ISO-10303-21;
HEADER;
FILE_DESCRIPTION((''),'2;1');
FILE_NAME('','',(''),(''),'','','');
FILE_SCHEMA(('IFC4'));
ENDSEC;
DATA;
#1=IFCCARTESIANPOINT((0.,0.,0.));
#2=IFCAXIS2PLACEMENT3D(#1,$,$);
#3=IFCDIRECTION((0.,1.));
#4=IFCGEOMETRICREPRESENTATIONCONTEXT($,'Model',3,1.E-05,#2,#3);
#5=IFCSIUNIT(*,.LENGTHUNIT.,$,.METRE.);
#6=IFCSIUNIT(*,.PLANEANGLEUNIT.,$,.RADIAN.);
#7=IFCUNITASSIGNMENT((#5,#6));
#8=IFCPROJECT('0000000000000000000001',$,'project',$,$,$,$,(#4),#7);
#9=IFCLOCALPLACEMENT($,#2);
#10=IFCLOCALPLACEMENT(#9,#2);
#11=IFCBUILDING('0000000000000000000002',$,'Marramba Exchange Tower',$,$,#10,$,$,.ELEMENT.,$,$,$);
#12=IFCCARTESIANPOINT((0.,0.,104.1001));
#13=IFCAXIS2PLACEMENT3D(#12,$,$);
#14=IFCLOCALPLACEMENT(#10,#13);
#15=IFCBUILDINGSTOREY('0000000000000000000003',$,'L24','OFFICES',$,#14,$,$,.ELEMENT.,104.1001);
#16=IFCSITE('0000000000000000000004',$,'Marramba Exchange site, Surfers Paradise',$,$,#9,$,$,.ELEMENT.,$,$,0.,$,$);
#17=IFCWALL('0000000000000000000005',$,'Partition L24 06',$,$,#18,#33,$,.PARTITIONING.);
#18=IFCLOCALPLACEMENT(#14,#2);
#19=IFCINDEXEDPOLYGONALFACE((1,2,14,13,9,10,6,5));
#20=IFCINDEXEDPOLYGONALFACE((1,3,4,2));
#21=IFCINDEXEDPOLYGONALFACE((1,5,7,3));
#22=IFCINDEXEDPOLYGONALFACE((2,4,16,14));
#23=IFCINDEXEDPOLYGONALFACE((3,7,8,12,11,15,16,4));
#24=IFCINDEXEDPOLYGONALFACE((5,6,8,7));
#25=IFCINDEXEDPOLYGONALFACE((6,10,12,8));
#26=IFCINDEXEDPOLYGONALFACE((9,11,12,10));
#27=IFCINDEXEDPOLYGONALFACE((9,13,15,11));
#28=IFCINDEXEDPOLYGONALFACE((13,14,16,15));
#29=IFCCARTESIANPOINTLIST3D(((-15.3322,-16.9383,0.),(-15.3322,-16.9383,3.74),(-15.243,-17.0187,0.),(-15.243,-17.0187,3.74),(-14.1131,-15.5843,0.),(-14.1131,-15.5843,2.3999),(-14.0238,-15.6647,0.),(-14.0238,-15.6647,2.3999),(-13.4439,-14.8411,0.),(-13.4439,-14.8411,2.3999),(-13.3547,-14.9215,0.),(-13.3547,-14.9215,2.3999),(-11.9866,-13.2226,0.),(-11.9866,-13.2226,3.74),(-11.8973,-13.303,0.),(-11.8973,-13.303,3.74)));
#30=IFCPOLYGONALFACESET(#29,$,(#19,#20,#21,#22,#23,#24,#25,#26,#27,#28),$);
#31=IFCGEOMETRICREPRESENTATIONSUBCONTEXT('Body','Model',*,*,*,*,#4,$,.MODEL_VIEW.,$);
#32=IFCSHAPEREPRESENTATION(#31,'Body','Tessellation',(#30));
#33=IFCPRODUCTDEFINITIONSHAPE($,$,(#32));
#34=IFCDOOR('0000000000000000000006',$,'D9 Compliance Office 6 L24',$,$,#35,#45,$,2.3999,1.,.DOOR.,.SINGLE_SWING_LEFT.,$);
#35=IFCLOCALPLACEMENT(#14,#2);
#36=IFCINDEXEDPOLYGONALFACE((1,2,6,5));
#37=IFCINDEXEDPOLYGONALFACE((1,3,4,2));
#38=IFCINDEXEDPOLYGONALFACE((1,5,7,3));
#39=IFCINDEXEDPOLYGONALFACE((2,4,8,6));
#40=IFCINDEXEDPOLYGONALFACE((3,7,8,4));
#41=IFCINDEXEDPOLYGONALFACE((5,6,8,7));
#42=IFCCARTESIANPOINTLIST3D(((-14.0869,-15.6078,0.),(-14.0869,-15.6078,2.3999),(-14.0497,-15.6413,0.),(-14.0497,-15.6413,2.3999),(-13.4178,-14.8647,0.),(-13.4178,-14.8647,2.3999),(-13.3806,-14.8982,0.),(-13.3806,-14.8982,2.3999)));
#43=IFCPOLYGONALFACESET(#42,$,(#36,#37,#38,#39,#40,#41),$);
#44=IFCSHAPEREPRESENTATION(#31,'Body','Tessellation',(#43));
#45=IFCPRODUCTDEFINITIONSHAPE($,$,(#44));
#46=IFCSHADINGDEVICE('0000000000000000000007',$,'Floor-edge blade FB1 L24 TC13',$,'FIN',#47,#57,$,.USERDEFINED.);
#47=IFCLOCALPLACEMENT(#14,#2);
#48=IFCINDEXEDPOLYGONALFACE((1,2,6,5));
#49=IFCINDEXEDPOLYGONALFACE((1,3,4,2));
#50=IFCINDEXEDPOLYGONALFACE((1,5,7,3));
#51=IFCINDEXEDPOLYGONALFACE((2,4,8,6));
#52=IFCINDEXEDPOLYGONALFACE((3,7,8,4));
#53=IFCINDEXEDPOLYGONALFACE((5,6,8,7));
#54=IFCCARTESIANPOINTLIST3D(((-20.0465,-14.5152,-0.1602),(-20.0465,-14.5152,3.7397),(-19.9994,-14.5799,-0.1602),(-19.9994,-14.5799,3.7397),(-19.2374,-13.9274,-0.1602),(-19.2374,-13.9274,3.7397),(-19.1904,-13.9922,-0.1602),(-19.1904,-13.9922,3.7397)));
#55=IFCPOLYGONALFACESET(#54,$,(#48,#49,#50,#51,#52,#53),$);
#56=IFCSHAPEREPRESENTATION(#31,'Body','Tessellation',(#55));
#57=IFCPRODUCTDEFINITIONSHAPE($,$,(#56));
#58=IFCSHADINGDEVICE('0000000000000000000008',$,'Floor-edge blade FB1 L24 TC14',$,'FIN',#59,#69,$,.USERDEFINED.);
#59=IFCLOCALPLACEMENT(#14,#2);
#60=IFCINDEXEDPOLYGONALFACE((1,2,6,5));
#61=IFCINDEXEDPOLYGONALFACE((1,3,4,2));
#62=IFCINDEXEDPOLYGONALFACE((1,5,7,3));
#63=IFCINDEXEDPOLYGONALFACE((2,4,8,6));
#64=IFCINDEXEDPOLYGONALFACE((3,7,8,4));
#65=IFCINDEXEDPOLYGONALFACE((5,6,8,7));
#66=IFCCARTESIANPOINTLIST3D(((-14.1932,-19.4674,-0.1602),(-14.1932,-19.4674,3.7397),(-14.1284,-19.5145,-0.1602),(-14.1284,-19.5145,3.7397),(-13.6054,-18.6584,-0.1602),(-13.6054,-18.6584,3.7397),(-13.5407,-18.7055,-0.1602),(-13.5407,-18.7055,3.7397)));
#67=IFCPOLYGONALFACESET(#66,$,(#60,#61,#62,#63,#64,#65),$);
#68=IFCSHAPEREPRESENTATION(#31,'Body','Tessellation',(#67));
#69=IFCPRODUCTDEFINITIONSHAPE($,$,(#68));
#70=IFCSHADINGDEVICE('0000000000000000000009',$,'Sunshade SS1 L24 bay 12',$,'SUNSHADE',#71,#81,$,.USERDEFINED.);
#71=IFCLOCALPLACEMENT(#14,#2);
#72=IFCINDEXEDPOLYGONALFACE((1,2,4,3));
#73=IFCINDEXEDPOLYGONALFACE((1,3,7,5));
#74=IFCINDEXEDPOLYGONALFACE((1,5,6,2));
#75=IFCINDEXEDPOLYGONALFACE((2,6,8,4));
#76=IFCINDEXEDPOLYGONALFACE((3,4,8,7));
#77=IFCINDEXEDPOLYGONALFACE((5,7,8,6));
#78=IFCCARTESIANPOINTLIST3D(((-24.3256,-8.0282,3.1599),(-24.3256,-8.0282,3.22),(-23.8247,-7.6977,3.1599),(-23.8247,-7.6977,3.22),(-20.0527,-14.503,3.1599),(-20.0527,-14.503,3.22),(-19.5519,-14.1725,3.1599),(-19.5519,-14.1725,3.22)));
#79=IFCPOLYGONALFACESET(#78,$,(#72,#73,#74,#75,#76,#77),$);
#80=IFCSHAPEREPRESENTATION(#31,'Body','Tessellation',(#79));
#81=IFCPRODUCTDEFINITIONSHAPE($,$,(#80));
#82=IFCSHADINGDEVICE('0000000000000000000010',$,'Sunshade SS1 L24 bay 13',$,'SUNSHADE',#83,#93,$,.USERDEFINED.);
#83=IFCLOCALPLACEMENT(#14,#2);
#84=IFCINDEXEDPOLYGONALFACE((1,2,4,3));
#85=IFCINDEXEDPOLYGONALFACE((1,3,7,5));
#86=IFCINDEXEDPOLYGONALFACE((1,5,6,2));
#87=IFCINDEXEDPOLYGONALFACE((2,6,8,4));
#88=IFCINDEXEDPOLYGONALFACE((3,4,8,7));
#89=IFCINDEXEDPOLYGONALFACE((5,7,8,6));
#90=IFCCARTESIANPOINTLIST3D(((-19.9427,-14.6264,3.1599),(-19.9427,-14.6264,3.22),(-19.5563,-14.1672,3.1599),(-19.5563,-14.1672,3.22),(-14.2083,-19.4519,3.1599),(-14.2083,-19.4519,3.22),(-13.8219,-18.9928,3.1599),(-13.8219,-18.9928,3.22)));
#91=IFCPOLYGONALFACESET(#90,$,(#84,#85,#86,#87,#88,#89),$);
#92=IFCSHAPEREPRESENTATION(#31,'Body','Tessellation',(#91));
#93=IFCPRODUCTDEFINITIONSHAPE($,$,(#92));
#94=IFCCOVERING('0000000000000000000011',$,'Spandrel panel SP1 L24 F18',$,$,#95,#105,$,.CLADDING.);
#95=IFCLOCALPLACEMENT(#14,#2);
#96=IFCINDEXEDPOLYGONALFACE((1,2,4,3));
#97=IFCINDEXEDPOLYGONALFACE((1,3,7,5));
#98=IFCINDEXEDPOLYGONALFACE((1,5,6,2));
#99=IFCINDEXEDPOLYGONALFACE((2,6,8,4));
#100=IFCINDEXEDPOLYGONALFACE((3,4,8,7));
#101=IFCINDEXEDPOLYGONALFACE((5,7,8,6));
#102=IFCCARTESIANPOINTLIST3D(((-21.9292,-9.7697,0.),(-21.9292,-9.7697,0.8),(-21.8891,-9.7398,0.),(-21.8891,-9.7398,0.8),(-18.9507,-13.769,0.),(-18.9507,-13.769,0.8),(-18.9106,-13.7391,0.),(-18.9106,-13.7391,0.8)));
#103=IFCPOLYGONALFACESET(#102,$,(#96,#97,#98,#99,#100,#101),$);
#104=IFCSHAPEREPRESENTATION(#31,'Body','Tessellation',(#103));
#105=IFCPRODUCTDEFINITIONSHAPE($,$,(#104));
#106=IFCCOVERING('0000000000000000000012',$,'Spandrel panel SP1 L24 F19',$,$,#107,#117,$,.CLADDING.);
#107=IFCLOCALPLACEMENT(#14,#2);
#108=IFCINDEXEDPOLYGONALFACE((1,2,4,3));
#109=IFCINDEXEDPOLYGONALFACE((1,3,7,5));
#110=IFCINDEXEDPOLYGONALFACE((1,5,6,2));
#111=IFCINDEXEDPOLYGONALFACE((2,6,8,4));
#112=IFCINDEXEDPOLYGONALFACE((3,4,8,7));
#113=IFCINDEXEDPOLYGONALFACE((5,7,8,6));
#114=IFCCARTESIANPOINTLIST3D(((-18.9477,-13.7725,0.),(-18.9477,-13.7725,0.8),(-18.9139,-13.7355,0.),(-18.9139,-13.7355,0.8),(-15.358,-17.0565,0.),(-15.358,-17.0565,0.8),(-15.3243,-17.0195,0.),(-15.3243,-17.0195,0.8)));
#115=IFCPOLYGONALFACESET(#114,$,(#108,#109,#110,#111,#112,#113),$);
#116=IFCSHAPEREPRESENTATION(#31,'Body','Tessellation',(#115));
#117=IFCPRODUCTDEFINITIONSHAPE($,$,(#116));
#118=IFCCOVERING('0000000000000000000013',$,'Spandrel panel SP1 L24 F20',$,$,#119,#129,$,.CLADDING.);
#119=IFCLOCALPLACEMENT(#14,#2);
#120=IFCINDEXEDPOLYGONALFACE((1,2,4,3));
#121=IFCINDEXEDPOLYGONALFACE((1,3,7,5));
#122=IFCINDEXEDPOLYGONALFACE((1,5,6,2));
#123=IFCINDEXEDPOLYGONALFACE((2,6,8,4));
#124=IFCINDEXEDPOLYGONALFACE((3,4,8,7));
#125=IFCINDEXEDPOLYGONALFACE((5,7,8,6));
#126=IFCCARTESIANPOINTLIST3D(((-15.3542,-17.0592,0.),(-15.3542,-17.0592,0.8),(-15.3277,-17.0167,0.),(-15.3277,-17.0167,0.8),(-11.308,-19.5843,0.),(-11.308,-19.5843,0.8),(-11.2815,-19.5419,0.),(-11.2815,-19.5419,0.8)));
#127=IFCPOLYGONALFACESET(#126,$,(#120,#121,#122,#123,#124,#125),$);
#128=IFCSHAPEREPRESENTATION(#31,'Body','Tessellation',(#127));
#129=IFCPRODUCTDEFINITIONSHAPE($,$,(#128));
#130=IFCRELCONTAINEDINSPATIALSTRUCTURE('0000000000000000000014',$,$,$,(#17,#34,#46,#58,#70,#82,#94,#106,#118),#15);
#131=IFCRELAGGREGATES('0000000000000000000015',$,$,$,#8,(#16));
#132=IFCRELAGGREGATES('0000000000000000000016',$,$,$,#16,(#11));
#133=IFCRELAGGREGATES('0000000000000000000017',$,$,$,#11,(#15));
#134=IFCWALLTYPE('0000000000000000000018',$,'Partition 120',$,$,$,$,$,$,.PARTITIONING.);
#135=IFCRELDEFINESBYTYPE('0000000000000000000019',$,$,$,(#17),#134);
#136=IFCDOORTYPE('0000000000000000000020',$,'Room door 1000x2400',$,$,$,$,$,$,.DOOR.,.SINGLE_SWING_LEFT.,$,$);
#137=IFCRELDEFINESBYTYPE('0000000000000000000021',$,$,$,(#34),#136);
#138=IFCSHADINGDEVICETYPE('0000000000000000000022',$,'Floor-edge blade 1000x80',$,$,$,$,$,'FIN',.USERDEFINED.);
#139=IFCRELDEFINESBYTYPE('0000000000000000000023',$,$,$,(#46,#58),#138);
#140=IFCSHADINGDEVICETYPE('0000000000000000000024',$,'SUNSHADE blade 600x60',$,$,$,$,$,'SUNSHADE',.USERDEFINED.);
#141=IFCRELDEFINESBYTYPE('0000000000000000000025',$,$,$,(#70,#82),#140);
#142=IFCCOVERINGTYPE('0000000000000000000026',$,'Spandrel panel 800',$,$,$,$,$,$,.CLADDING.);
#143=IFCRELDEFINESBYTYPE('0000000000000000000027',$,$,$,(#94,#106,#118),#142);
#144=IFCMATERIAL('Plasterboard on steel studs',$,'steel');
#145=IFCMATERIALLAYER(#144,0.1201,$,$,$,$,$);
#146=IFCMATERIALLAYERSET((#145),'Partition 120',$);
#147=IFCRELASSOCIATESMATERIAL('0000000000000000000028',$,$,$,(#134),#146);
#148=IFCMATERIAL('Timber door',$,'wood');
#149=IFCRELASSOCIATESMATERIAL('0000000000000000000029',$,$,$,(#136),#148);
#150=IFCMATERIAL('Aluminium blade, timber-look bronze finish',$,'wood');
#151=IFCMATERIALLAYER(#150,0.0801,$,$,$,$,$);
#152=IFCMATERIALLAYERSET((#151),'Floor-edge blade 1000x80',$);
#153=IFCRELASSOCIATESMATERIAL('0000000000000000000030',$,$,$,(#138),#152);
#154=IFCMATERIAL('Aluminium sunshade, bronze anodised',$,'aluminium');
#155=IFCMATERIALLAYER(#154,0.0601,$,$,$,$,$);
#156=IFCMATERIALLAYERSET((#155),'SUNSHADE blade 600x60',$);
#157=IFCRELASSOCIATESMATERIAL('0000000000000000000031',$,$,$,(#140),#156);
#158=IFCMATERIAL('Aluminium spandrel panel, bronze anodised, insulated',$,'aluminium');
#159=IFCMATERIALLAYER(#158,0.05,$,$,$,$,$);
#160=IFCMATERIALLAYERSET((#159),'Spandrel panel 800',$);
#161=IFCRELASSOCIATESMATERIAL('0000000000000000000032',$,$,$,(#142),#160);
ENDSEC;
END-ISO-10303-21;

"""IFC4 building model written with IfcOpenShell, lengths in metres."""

from ifc_helpers import new_model, si_unit, direction, frame, frame_2d, origin, origin_2d, place, context, subcontext, project, spatial, rectangle, extrude, material, layer, layer_set, type_object, element, fill, save


model = new_model("IFC4")

# Units and contexts
model_context = context("Model", 3, precision=1e-05, world=origin(), true_north=direction((0.0, 1.0)))
body_context = subcontext(model_context, "Body", "Model", "MODEL_VIEW")
ifc_project = project(units=[si_unit("LENGTHUNIT", "METRE"), si_unit("PLANEANGLEUNIT", "RADIAN")], contexts=[model_context])

# Site, building, storey
site_placement = place(None, origin())
site = spatial("IfcSite", under=ifc_project, at=site_placement, Name="Marramba Exchange site, Surfers Paradise", CompositionType="ELEMENT", RefElevation=0.0)
building_placement = place(site_placement, origin())
building = spatial("IfcBuilding", under=site, at=building_placement, Name="Marramba Exchange Tower", CompositionType="ELEMENT")
storey_placement = place(building_placement, frame((0.0, 0.0, 104.1001)))
storey = spatial("IfcBuildingStorey", under=building, at=storey_placement, Name="L24", Description="OFFICES", CompositionType="ELEMENT", Elevation=104.1001)

# Shared definitions
ifc_material_1 = material(Name="Plasterboard on steel studs", Category="steel")
ifc_layer_1 = layer(ifc_material_1, 0.1201)
ifc_layer_set_1 = layer_set([ifc_layer_1], Name="Partition 120")
wall_type = type_object("IfcWallType", Name="Partition 120", PredefinedType="PARTITIONING", material=ifc_layer_set_1)
ifc_material_2 = material(Name="Timber door", Category="wood")
door_type = type_object("IfcDoorType", Name="Room door 1000x2400", OperationType="SINGLE_SWING_LEFT", PredefinedType="DOOR", material=ifc_material_2)

# Wall, opening, door
wall_1_placement = place(storey_placement, frame((-15.2876, -16.9785, 0.0), z_axis=(0.0, 0.0, 1.0), x_axis=(0.669127, 0.743148, 0.0)))
wall_1 = element("IfcWall", 1, at=wall_1_placement, inside=storey, type_object=wall_type, Name="Partition L24 06", PredefinedType="PARTITIONING", context=body_context, shape_type="SweptSolid", body=[
    extrude(rectangle(XDim=5.0, YDim=0.1201, at=frame_2d((2.5, 0.0))), origin(), (0.0, 0.0, 1.0), 3.74),
])
opening_1_placement = place(wall_1_placement, frame((1.822, 0.0, 0.0)))
opening_1 = element("IfcOpeningElement", 2, at=opening_1_placement, cuts=wall_1, PredefinedType="OPENING", context=body_context, shape_type="SweptSolid", body=[
    extrude(rectangle(XDim=1.0, YDim=2.3999, at=frame_2d((0.5, 1.2))), frame((0.0, 0.0701, 0.0), z_axis=(0.0, -1.0, 0.0), x_axis=(1.0, 0.0, 0.0)), (0.0, 0.0, 1.0), 0.1401),
])
door_1_placement = place(opening_1_placement, origin())
door_1 = element("IfcDoor", 3, at=door_1_placement, inside=storey, type_object=door_type, Name="D9 Compliance Office 6 L24", OperationType="SINGLE_SWING_LEFT", OverallHeight=2.3999, OverallWidth=1.0, PredefinedType="DOOR", context=body_context, shape_type="SweptSolid", body=[
    extrude(rectangle(XDim=1.0, YDim=2.3999, at=frame_2d((0.5, 1.2))), frame((0.0, 0.0249, 0.0), z_axis=(0.0, -1.0, 0.0), x_axis=(1.0, 0.0, 0.0)), (0.0, 0.0, 1.0), 0.05),
])
fill(opening_1, door_1)

# Shading devices
ifc_material_3 = material(Name="Aluminium blade, timber-look bronze finish", Category="wood")
ifc_layer_2 = layer(ifc_material_3, 0.0801)
ifc_layer_set_2 = layer_set([ifc_layer_2], Name="Floor-edge blade 1000x80")
shading_device_type_1 = type_object("IfcShadingDeviceType", Name="Floor-edge blade 1000x80", ElementType="FIN", PredefinedType="USERDEFINED", material=ifc_layer_set_2)
for number, where, z_axis, x_axis, name in (
    (4, (-19.6184, -14.2537, -0.1602), (0.0, 0.0, 1.0), (-0.809017, -0.587785, 0.0), "Floor-edge blade FB1 L24 TC13"),
    (5, (-13.8669, -19.0864, -0.1602), (0.0, 0.0, 1.0), (-0.587785, -0.809017, 0.0), "Floor-edge blade FB1 L24 TC14"),
):
    element("IfcShadingDevice", number, at=place(storey_placement, frame(where, z_axis=z_axis, x_axis=x_axis)), inside=storey, type_object=shading_device_type_1, Name=name, ObjectType="FIN", PredefinedType="USERDEFINED", context=body_context, shape_type="SweptSolid", body=[
        extrude(rectangle(XDim=1.0, YDim=0.0801, at=origin_2d()), origin(), (0.0, 0.0, 1.0), 3.8999),
    ])
ifc_material_4 = material(Name="Aluminium sunshade, bronze anodised", Category="aluminium")
ifc_layer_3 = layer(ifc_material_4, 0.0601)
ifc_layer_set_3 = layer_set([ifc_layer_3], Name="SUNSHADE blade 600x60")
shading_device_type_2 = type_object("IfcShadingDeviceType", Name="SUNSHADE blade 600x60", ElementType="SUNSHADE", PredefinedType="USERDEFINED", material=ifc_layer_set_3)
shading_device_1_placement = place(storey_placement, frame((-21.9387, -11.1003, 3.1599), z_axis=(0.0, 0.0, 1.0), x_axis=(0.550792, -0.834642, 0.0)))
element("IfcShadingDevice", 6, at=shading_device_1_placement, inside=storey, type_object=shading_device_type_2, Name="Sunshade SS1 L24 bay 12", ObjectType="SUNSHADE", PredefinedType="USERDEFINED", context=body_context, shape_type="SweptSolid", body=[
    extrude(rectangle(XDim=7.7576, YDim=0.6001, at=origin_2d()), origin(), (0.0, 0.0, 1.0), 0.0601),
])
shading_device_2_placement = place(storey_placement, frame((-16.8823, -16.8096, 3.1599), z_axis=(0.0, 0.0, 1.0), x_axis=(0.765139, -0.643866, 0.0)))
element("IfcShadingDevice", 7, at=shading_device_2_placement, inside=storey, type_object=shading_device_type_2, Name="Sunshade SS1 L24 bay 13", ObjectType="SUNSHADE", PredefinedType="USERDEFINED", context=body_context, shape_type="SweptSolid", body=[
    extrude(rectangle(XDim=7.4946, YDim=0.6001, at=origin_2d()), origin(), (0.0, 0.0, 1.0), 0.0601),
])

# Coverings
ifc_material_5 = material(Name="Aluminium spandrel panel, bronze anodised, insulated", Category="aluminium")
ifc_layer_4 = layer(ifc_material_5, 0.05)
ifc_layer_set_4 = layer_set([ifc_layer_4], Name="Spandrel panel 800")
covering_type = type_object("IfcCoveringType", Name="Spandrel panel 800", PredefinedType="CLADDING", material=ifc_layer_set_4)
covering_1_placement = place(storey_placement, frame((-20.4199, -11.7544, 0.0), z_axis=(0.0, 0.0, 1.0), x_axis=(0.597305, -0.802014, 0.0)))
element("IfcCovering", 8, at=covering_1_placement, inside=storey, type_object=covering_type, Name="Spandrel panel SP1 L24 F18", PredefinedType="CLADDING", context=body_context, shape_type="SweptSolid", body=[
    extrude(rectangle(XDim=4.9866, YDim=0.05, at=origin_2d()), origin(), (0.0, 0.0, 1.0), 0.8),
])
covering_2_placement = place(storey_placement, frame((-17.136, -15.396, 0.0), z_axis=(0.0, 0.0, 1.0), x_axis=(0.737822, -0.674995, 0.0)))
element("IfcCovering", 9, at=covering_2_placement, inside=storey, type_object=covering_type, Name="Spandrel panel SP1 L24 F19", PredefinedType="CLADDING", context=body_context, shape_type="SweptSolid", body=[
    extrude(rectangle(XDim=4.8652, YDim=0.05, at=origin_2d()), origin(), (0.0, 0.0, 1.0), 0.8),
])
covering_3_placement = place(storey_placement, frame((-13.3179, -18.3005, 0.0), z_axis=(0.0, 0.0, 1.0), x_axis=(0.848355, -0.529428, 0.0)))
element("IfcCovering", 10, at=covering_3_placement, inside=storey, type_object=covering_type, Name="Spandrel panel SP1 L24 F20", PredefinedType="CLADDING", context=body_context, shape_type="SweptSolid", body=[
    extrude(rectangle(XDim=4.7695, YDim=0.05, at=origin_2d()), origin(), (0.0, 0.0, 1.0), 0.8),
])

save(model, "model.ifc")
